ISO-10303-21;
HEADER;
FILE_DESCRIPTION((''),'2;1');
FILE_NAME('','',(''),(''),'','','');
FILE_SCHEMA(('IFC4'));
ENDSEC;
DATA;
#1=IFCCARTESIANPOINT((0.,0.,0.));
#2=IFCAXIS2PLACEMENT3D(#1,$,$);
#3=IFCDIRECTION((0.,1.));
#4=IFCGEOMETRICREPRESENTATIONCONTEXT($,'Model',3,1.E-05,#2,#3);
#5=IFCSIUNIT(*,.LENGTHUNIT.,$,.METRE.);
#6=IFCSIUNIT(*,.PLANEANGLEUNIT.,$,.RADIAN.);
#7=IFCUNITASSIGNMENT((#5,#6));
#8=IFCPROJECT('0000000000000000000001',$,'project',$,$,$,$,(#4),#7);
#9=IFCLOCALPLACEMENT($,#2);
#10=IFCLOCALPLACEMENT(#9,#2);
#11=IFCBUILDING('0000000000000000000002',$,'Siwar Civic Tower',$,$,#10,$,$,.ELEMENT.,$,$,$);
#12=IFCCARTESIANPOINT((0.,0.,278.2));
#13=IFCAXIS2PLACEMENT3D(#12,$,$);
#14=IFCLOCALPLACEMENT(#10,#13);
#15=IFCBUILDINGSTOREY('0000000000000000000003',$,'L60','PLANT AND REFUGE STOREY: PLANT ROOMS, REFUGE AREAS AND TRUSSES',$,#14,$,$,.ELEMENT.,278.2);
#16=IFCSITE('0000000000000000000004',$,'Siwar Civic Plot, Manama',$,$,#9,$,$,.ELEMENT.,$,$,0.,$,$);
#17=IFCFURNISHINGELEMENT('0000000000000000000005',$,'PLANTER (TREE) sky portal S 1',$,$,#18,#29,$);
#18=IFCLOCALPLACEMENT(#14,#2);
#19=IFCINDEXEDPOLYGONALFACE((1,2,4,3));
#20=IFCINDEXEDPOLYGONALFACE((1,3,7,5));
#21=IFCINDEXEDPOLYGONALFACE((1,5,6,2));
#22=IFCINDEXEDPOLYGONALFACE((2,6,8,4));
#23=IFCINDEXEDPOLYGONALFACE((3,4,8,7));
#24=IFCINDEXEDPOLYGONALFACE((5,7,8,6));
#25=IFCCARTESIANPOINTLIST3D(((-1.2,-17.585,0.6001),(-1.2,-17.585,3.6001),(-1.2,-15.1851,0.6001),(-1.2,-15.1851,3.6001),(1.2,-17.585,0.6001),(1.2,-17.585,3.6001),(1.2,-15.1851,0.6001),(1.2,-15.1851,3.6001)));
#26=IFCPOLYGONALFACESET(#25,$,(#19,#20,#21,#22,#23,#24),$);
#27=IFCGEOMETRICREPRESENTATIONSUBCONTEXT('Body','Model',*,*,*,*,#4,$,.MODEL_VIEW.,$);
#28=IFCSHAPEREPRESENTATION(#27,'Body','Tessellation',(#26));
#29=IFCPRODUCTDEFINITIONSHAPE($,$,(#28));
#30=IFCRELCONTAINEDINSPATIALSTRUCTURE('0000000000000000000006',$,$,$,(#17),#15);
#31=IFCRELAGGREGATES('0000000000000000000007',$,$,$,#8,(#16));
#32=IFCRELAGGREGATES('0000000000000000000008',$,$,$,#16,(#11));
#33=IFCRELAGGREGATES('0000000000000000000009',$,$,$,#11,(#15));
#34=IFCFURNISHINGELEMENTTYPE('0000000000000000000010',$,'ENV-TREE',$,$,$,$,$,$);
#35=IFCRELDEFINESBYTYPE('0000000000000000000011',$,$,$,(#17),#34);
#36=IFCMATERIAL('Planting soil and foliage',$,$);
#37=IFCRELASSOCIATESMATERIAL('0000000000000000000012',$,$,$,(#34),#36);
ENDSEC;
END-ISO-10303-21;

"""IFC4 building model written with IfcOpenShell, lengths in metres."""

from ifc_helpers import new_model, si_unit, direction, frame, origin, origin_2d, place, context, subcontext, project, spatial, rectangle, extrude, material, type_object, element, save


model = new_model("IFC4")

# Units and contexts
model_context = context("Model", 3, precision=1e-05, world=origin(), true_north=direction((0.0, 1.0)))
body_context = subcontext(model_context, "Body", "Model", "MODEL_VIEW")
ifc_project = project(units=[si_unit("LENGTHUNIT", "METRE"), si_unit("PLANEANGLEUNIT", "RADIAN")], contexts=[model_context])

# Site, building, storey
site_placement = place(None, origin())
site = spatial("IfcSite", under=ifc_project, at=site_placement, Name="Siwar Civic Plot, Manama", CompositionType="ELEMENT", RefElevation=0.0)
building_placement = place(site_placement, origin())
building = spatial("IfcBuilding", under=site, at=building_placement, Name="Siwar Civic Tower", CompositionType="ELEMENT")
storey_placement = place(building_placement, frame((0.0, 0.0, 278.2)))
storey = spatial("IfcBuildingStorey", under=building, at=storey_placement, Name="L60", Description="PLANT AND REFUGE STOREY: PLANT ROOMS, REFUGE AREAS AND TRUSSES", CompositionType="ELEMENT", Elevation=278.2)

# Furnishing element
ifc_material_1 = material(Name="Planting soil and foliage")
furnishing_element_type_1 = type_object("IfcFurnishingElementType", Name="ENV-TREE", material=ifc_material_1)
furnishing_1_placement = place(storey_placement, frame((0.0, -16.385, 0.6001), z_axis=(0.0, 0.0, 1.0), x_axis=(1.0, 0.0, 0.0)))
element("IfcFurnishingElement", 1, at=furnishing_1_placement, inside=storey, type_object=furnishing_element_type_1, Name="PLANTER (TREE) sky portal S 1", context=body_context, shape_type="SweptSolid", body=[
    extrude(rectangle(XDim=2.3999, YDim=2.3999, at=origin_2d()), origin(), (0.0, 0.0, 1.0), 3.0),
])

save(model, "model.ifc")
